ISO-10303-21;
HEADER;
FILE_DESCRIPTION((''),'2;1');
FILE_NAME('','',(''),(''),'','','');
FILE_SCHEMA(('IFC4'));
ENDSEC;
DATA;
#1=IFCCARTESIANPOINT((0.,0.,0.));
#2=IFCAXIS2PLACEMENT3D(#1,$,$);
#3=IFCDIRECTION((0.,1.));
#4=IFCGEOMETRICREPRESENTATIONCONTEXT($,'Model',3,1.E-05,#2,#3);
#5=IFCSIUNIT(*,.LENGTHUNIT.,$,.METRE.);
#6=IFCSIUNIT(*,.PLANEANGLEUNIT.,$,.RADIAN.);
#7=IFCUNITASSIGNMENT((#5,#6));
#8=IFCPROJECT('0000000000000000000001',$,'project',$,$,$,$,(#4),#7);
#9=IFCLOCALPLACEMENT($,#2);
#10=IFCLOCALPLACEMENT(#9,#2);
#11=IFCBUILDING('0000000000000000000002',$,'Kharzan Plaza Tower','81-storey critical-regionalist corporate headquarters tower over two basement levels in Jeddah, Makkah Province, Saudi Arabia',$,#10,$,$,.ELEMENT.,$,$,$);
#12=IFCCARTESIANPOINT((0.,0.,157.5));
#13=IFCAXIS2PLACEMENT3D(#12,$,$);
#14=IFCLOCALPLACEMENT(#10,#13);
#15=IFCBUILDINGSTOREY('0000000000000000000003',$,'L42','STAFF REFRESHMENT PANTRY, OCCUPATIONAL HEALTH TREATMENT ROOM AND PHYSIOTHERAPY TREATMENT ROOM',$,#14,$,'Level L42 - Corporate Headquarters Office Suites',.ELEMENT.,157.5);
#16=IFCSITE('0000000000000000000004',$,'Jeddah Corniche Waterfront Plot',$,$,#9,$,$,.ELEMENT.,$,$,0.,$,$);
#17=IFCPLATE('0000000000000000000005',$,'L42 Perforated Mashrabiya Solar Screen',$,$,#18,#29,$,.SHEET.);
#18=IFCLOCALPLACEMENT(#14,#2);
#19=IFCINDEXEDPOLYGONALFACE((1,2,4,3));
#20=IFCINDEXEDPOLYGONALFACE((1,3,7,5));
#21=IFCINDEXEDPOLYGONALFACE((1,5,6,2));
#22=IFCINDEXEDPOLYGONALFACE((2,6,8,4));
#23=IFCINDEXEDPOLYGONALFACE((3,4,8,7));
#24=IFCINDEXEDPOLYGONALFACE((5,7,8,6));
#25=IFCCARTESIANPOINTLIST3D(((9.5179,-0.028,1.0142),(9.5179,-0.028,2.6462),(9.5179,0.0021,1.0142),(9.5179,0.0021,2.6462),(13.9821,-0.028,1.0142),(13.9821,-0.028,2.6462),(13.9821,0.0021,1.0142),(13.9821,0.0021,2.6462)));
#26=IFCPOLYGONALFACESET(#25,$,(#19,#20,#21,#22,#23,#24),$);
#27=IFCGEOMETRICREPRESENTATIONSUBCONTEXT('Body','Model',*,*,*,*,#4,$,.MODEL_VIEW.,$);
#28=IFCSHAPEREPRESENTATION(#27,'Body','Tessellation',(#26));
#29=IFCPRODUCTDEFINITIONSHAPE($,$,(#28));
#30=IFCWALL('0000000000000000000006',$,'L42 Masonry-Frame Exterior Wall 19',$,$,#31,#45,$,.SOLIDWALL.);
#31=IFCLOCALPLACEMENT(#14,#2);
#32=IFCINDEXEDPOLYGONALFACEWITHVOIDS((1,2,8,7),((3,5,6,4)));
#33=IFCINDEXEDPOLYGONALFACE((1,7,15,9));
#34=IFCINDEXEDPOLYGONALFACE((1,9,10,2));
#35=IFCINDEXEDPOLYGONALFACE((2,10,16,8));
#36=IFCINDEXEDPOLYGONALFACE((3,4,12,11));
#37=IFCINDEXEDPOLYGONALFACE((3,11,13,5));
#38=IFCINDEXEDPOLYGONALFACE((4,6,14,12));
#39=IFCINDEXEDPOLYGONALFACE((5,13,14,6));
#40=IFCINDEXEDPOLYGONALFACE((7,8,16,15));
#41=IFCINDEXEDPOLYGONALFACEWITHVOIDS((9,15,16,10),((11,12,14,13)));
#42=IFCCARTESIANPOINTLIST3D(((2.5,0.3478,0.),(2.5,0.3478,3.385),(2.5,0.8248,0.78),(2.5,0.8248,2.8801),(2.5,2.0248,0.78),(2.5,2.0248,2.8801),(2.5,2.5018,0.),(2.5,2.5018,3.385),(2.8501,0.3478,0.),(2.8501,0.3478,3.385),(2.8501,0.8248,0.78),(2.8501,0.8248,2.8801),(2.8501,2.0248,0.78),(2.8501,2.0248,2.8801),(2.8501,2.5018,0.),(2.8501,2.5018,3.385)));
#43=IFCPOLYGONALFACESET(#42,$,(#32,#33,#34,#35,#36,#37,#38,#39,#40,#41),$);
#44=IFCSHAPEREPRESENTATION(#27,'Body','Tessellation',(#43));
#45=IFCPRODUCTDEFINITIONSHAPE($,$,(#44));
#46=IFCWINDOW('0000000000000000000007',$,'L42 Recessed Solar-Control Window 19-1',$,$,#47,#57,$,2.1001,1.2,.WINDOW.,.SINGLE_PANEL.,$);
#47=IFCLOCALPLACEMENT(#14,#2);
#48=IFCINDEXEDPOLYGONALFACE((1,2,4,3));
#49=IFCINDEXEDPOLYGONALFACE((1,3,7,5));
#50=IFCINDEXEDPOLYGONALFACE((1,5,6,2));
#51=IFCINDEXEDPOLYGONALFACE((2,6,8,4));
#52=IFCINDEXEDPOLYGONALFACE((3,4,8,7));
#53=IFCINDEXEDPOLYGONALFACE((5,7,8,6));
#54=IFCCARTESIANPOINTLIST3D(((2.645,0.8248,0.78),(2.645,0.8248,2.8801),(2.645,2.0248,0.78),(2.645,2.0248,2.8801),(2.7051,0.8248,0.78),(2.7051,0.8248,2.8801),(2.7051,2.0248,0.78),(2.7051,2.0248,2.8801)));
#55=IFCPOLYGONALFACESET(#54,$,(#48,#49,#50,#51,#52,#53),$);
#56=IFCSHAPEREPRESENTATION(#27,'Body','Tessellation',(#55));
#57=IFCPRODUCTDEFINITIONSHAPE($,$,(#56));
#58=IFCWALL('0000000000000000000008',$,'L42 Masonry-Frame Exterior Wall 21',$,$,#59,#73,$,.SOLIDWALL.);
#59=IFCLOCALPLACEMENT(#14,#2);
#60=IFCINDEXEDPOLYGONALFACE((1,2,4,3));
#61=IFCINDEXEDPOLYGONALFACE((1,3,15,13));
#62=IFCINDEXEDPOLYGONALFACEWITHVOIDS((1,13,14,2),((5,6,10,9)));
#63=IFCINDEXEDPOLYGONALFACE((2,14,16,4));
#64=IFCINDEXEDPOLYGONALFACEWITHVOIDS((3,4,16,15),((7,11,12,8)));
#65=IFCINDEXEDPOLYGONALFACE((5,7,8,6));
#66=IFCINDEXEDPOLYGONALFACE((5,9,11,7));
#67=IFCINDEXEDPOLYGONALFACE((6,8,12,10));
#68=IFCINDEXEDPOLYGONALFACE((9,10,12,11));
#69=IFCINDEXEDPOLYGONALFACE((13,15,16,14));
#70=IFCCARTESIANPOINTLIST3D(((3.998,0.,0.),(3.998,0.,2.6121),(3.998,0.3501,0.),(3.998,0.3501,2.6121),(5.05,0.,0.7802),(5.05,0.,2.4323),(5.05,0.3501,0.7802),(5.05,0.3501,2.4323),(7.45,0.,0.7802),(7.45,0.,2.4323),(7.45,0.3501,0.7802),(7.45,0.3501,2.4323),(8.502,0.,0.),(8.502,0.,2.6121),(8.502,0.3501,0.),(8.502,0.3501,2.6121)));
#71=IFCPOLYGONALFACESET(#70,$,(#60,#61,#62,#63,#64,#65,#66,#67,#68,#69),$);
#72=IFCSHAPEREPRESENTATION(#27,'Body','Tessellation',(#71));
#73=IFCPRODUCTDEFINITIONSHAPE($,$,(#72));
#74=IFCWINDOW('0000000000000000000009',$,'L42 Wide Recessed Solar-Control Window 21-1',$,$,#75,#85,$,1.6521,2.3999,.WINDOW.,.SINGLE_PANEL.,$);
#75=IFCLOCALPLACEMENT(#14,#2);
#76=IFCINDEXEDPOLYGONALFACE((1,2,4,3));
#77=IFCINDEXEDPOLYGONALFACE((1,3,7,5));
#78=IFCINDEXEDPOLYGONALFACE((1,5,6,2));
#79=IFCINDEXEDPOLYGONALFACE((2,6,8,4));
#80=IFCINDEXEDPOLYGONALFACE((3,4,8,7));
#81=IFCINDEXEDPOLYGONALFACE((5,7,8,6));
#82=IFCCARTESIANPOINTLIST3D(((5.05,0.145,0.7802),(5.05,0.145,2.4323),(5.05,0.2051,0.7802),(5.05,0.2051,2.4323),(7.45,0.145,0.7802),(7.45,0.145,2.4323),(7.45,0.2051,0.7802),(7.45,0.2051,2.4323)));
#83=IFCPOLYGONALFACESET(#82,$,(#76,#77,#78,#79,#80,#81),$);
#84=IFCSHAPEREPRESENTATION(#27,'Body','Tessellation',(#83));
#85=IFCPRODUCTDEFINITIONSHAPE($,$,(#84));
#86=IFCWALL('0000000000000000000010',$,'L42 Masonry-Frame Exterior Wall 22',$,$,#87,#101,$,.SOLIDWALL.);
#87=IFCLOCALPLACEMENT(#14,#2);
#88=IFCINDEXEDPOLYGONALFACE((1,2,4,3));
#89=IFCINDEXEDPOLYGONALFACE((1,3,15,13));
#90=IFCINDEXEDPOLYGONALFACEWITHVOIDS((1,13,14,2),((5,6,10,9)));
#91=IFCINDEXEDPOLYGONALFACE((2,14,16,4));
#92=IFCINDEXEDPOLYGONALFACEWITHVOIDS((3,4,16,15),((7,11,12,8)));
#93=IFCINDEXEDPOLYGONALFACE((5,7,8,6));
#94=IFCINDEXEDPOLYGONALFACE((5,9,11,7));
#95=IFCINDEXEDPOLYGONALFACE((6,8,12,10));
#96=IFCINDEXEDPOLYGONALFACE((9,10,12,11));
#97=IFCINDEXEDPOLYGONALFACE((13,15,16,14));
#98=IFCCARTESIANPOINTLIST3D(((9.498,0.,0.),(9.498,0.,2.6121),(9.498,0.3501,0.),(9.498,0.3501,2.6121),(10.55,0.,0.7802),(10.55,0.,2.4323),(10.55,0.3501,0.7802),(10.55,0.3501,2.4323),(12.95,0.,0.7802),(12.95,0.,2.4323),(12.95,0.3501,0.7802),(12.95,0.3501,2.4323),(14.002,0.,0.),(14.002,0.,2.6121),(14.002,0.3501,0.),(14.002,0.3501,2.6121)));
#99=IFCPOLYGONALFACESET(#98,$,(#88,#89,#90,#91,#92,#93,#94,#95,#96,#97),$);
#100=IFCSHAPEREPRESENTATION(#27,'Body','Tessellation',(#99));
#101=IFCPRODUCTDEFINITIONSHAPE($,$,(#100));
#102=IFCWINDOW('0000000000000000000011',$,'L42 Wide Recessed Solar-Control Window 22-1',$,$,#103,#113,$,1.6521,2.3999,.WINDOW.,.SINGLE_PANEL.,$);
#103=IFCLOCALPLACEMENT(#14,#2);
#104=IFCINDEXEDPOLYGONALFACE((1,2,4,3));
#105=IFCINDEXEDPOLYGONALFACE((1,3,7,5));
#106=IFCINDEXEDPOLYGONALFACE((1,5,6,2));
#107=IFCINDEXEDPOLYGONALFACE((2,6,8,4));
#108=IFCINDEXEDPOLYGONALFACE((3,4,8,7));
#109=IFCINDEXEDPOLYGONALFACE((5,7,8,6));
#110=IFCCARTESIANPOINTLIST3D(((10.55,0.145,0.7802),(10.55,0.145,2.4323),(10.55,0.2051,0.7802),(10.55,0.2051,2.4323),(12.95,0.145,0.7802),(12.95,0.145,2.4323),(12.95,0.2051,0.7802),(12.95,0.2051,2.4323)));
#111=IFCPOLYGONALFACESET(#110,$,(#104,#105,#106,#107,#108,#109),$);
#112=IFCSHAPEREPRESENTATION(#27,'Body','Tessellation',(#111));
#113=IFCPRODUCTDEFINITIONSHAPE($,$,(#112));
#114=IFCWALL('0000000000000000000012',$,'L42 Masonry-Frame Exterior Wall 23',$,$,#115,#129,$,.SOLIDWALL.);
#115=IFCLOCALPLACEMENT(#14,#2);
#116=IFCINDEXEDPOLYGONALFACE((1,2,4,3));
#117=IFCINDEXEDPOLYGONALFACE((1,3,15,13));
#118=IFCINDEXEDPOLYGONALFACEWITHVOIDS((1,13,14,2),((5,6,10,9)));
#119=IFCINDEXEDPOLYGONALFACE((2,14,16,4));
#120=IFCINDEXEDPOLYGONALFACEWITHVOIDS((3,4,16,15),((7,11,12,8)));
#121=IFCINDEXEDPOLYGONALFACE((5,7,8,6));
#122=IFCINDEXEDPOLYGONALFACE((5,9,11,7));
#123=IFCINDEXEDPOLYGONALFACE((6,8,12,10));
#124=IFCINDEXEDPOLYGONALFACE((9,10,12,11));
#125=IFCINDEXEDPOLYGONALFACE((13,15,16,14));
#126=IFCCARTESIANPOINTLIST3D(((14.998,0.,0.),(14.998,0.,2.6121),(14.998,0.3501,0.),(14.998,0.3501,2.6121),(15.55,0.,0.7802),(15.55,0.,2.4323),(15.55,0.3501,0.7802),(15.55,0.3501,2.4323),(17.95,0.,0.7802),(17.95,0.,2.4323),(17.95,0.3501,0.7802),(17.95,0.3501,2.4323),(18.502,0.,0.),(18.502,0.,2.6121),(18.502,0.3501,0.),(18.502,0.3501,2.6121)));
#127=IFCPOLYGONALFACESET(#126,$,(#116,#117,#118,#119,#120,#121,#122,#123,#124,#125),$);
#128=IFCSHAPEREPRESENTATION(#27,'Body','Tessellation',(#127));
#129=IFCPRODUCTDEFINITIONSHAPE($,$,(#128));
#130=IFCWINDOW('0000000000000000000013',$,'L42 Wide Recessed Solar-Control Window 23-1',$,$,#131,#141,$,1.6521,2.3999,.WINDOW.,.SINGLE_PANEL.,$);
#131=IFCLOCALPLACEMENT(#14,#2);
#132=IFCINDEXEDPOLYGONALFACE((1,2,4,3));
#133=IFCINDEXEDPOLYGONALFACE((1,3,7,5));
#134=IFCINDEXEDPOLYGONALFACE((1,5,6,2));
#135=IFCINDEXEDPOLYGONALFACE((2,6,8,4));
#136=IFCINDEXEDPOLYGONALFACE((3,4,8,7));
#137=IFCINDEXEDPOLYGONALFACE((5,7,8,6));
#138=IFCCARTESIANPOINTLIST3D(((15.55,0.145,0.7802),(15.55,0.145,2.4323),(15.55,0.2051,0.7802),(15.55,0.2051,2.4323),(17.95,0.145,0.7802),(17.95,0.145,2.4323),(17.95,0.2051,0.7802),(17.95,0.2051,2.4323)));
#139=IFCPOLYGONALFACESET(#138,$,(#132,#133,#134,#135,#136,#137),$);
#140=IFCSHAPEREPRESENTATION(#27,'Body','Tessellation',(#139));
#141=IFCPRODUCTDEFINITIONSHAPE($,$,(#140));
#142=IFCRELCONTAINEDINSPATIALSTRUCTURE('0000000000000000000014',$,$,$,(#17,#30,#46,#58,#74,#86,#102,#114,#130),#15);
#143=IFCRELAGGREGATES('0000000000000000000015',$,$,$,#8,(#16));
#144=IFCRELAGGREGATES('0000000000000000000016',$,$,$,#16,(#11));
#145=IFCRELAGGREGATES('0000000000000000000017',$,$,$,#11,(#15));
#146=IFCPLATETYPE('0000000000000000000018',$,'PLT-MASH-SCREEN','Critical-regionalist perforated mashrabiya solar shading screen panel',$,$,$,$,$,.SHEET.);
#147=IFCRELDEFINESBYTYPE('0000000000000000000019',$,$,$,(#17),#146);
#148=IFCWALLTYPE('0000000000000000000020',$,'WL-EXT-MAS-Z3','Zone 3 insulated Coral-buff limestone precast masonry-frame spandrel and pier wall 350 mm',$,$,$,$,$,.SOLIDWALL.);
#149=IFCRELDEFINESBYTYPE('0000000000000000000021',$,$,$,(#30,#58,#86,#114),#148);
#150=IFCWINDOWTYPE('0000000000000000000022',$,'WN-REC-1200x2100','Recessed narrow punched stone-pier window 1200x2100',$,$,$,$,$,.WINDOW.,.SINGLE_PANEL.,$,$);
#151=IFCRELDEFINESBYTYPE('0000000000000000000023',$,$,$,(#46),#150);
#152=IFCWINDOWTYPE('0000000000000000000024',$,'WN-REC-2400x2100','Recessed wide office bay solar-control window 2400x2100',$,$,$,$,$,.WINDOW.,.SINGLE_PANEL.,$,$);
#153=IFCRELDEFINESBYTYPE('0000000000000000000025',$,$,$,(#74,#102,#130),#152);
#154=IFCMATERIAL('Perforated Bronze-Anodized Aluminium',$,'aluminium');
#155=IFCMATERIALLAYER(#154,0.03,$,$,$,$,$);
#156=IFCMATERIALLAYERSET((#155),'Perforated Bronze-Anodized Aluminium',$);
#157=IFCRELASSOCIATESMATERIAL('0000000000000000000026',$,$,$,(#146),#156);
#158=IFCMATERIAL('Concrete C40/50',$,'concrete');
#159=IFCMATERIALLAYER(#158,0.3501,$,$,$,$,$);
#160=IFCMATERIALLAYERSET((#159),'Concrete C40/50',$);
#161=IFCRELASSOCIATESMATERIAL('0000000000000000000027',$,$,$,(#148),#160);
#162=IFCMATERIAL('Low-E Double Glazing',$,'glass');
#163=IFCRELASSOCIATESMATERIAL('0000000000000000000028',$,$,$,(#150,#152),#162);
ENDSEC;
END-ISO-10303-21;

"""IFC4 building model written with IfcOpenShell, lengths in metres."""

from ifc_helpers import new_model, si_unit, direction, frame, frame_2d, origin, origin_2d, place, context, subcontext, project, spatial, rectangle, extrude, source, transform, mapped, material, layer, layer_set, type_object, element, fill, save


model = new_model("IFC4")

# Units and contexts
model_context = context("Model", 3, precision=1e-05, world=origin(), true_north=direction((0.0, 1.0)))
body_context = subcontext(model_context, "Body", "Model", "MODEL_VIEW")
ifc_project = project(units=[si_unit("LENGTHUNIT", "METRE"), si_unit("PLANEANGLEUNIT", "RADIAN")], contexts=[model_context])

# Site, building, storey
site_placement = place(None, origin())
site = spatial("IfcSite", under=ifc_project, at=site_placement, Name="Jeddah Corniche Waterfront Plot", CompositionType="ELEMENT", RefElevation=0.0)
building_placement = place(site_placement, origin())
building = spatial("IfcBuilding", under=site, at=building_placement, Name="Kharzan Plaza Tower", Description="81-storey critical-regionalist corporate headquarters tower over two basement levels in Jeddah, Makkah Province, Saudi Arabia", CompositionType="ELEMENT")
storey_placement = place(building_placement, frame((0.0, 0.0, 157.5)))
storey = spatial("IfcBuildingStorey", under=building, at=storey_placement, Name="L42", Description="STAFF REFRESHMENT PANTRY, OCCUPATIONAL HEALTH TREATMENT ROOM AND PHYSIOTHERAPY TREATMENT ROOM", LongName="Level L42 - Corporate Headquarters Office Suites", CompositionType="ELEMENT", Elevation=157.5)

# Plate
ifc_material_1 = material(Name="Perforated Bronze-Anodized Aluminium", Category="aluminium")
ifc_layer_1 = layer(ifc_material_1, 0.03)
ifc_layer_set_1 = layer_set([ifc_layer_1], Name="Perforated Bronze-Anodized Aluminium")
plate_type = type_object("IfcPlateType", Name="PLT-MASH-SCREEN", Description="Critical-regionalist perforated mashrabiya solar shading screen panel", PredefinedType="SHEET", material=ifc_layer_set_1)
shared_shape_1 = source(origin(), body_context, "Body", "SweptSolid", [
    extrude(rectangle(XDim=4.4641, YDim=0.03, at=origin_2d()), origin(), (0.0, 0.0, 1.0), 1.6321),
])
for number, where, z_axis, x_axis, name in (
    (1, (11.75, -0.0129, 1.0142), (0.0, 0.0, 1.0), (1.0, 0.0, 0.0), "L42 Perforated Mashrabiya Solar Screen"),
):
    element("IfcPlate", number, at=place(storey_placement, frame(where, z_axis=z_axis, x_axis=x_axis)), inside=storey, type_object=plate_type, Name=name, PredefinedType="SHEET", context=body_context, shape_type="MappedRepresentation", body=[
        mapped(shared_shape_1, transform((0.0, 0.0, 0.0), x_axis=(1.0, 0.0, 0.0), y_axis=(0.0, 1.0, 0.0), z_axis=(0.0, 0.0, 1.0))),
    ])

# Walls, openings, windows
ifc_material_2 = material(Name="Concrete C40/50", Category="concrete")
ifc_layer_2 = layer(ifc_material_2, 0.3501)
ifc_layer_set_2 = layer_set([ifc_layer_2], Name="Concrete C40/50")
wall_type_1 = type_object("IfcWallType", Name="WL-EXT-MAS-Z3", Description="Zone 3 insulated Coral-buff limestone precast masonry-frame spandrel and pier wall 350 mm", PredefinedType="SOLIDWALL", material=ifc_layer_set_2)
wall_1_placement = place(storey_placement, frame((2.675, 2.502, 0.0), z_axis=(0.0, 0.0, 1.0), x_axis=(0.0, -1.0, 0.0)))
wall_1 = element("IfcWall", 2, at=wall_1_placement, inside=storey, type_object=wall_type_1, Name="L42 Masonry-Frame Exterior Wall 19", PredefinedType="SOLIDWALL", context=body_context, shape_type="SweptSolid", body=[
    extrude(rectangle(XDim=2.1541, YDim=0.3501, at=frame_2d((1.0771, 0.0))), origin(), (0.0, 0.0, 1.0), 3.385),
])
opening_1_placement = place(wall_1_placement, frame((0.4771, 0.0, 0.78)))
opening_1 = element("IfcOpeningElement", 3, at=opening_1_placement, cuts=wall_1, PredefinedType="OPENING", context=body_context, shape_type="SweptSolid", body=[
    extrude(rectangle(XDim=1.2, YDim=2.1001, at=frame_2d((0.6001, 1.05))), frame((0.0, 0.1851, 0.0), z_axis=(0.0, -1.0, 0.0), x_axis=(1.0, 0.0, 0.0)), (0.0, 0.0, 1.0), 0.3701),
])
ifc_material_3 = material(Name="Low-E Double Glazing", Category="glass")
window_type_1 = type_object("IfcWindowType", Name="WN-REC-1200x2100", Description="Recessed narrow punched stone-pier window 1200x2100", PartitioningType="SINGLE_PANEL", PredefinedType="WINDOW", material=ifc_material_3)
shared_shape_2 = source(origin(), body_context, "Body", "SweptSolid", [
    extrude(rectangle(XDim=1.2, YDim=2.1001, at=frame_2d((0.6001, 1.05))), frame((0.0, 0.03, 0.0), z_axis=(0.0, -1.0, 0.0), x_axis=(1.0, 0.0, 0.0)), (0.0, 0.0, 1.0), 0.0601),
])
window_1_placement = place(opening_1_placement, origin())
window_1 = element("IfcWindow", 4, at=window_1_placement, inside=storey, type_object=window_type_1, Name="L42 Recessed Solar-Control Window 19-1", OverallHeight=2.1001, OverallWidth=1.2, PartitioningType="SINGLE_PANEL", PredefinedType="WINDOW", context=body_context, shape_type="MappedRepresentation", body=[
    mapped(shared_shape_2, transform((0.0, 0.0, 0.0), x_axis=(1.0, 0.0, 0.0), y_axis=(0.0, 1.0, 0.0), z_axis=(0.0, 0.0, 1.0))),
])
fill(opening_1, window_1)
wall_2_placement = place(storey_placement, frame((3.998, 0.175, 0.0), z_axis=(0.0, 0.0, 1.0), x_axis=(1.0, 0.0, 0.0)))
wall_2 = element("IfcWall", 5, at=wall_2_placement, inside=storey, type_object=wall_type_1, Name="L42 Masonry-Frame Exterior Wall 21", PredefinedType="SOLIDWALL", context=body_context, shape_type="SweptSolid", body=[
    extrude(rectangle(XDim=4.5039, YDim=0.3501, at=frame_2d((2.252, 0.0))), origin(), (0.0, 0.0, 1.0), 2.6121),
])
opening_2_placement = place(wall_2_placement, frame((1.052, 0.0, 0.78)))
opening_2 = element("IfcOpeningElement", 6, at=opening_2_placement, cuts=wall_2, PredefinedType="OPENING", context=body_context, shape_type="SweptSolid", body=[
    extrude(rectangle(XDim=2.3999, YDim=1.6521, at=frame_2d((1.2, 0.8262))), frame((0.0, 0.1851, 0.0), z_axis=(0.0, -1.0, 0.0), x_axis=(1.0, 0.0, 0.0)), (0.0, 0.0, 1.0), 0.3701),
])
window_type_2 = type_object("IfcWindowType", Name="WN-REC-2400x2100", Description="Recessed wide office bay solar-control window 2400x2100", PartitioningType="SINGLE_PANEL", PredefinedType="WINDOW", material=ifc_material_3)
shared_shape_3 = source(origin(), body_context, "Body", "SweptSolid", [
    extrude(rectangle(XDim=2.3999, YDim=1.6521, at=frame_2d((1.2, 0.8262))), frame((0.0, 0.03, 0.0), z_axis=(0.0, -1.0, 0.0), x_axis=(1.0, 0.0, 0.0)), (0.0, 0.0, 1.0), 0.0601),
])
window_2_placement = place(opening_2_placement, origin())
window_2 = element("IfcWindow", 7, at=window_2_placement, inside=storey, type_object=window_type_2, Name="L42 Wide Recessed Solar-Control Window 21-1", OverallHeight=1.6521, OverallWidth=2.3999, PartitioningType="SINGLE_PANEL", PredefinedType="WINDOW", context=body_context, shape_type="MappedRepresentation", body=[
    mapped(shared_shape_3, transform((0.0, 0.0, 0.0), x_axis=(1.0, 0.0, 0.0), y_axis=(0.0, 1.0, 0.0), z_axis=(0.0, 0.0, 1.0))),
])
fill(opening_2, window_2)
wall_3_placement = place(storey_placement, frame((9.498, 0.175, 0.0), z_axis=(0.0, 0.0, 1.0), x_axis=(1.0, 0.0, 0.0)))
wall_3 = element("IfcWall", 8, at=wall_3_placement, inside=storey, type_object=wall_type_1, Name="L42 Masonry-Frame Exterior Wall 22", PredefinedType="SOLIDWALL", context=body_context, shape_type="SweptSolid", body=[
    extrude(rectangle(XDim=4.5039, YDim=0.3501, at=frame_2d((2.252, 0.0))), origin(), (0.0, 0.0, 1.0), 2.6121),
])
opening_3_placement = place(wall_3_placement, frame((1.052, 0.0, 0.78)))
opening_3 = element("IfcOpeningElement", 9, at=opening_3_placement, cuts=wall_3, PredefinedType="OPENING", context=body_context, shape_type="SweptSolid", body=[
    extrude(rectangle(XDim=2.3999, YDim=1.6521, at=frame_2d((1.2, 0.8262))), frame((0.0, 0.1851, 0.0), z_axis=(0.0, -1.0, 0.0), x_axis=(1.0, 0.0, 0.0)), (0.0, 0.0, 1.0), 0.3701),
])
window_3_placement = place(opening_3_placement, origin())
window_3 = element("IfcWindow", 10, at=window_3_placement, inside=storey, type_object=window_type_2, Name="L42 Wide Recessed Solar-Control Window 22-1", OverallHeight=1.6521, OverallWidth=2.3999, PartitioningType="SINGLE_PANEL", PredefinedType="WINDOW", context=body_context, shape_type="MappedRepresentation", body=[
    mapped(shared_shape_3, transform((0.0, 0.0, 0.0), x_axis=(1.0, 0.0, 0.0), y_axis=(0.0, 1.0, 0.0), z_axis=(0.0, 0.0, 1.0))),
])
fill(opening_3, window_3)
wall_4_placement = place(storey_placement, frame((14.998, 0.175, 0.0), z_axis=(0.0, 0.0, 1.0), x_axis=(1.0, 0.0, 0.0)))
wall_4 = element("IfcWall", 11, at=wall_4_placement, inside=storey, type_object=wall_type_1, Name="L42 Masonry-Frame Exterior Wall 23", PredefinedType="SOLIDWALL", context=body_context, shape_type="SweptSolid", body=[
    extrude(rectangle(XDim=3.5039, YDim=0.3501, at=frame_2d((1.752, 0.0))), origin(), (0.0, 0.0, 1.0), 2.6121),
])
opening_4_placement = place(wall_4_placement, frame((0.552, 0.0, 0.78)))
opening_4 = element("IfcOpeningElement", 12, at=opening_4_placement, cuts=wall_4, PredefinedType="OPENING", context=body_context, shape_type="SweptSolid", body=[
    extrude(rectangle(XDim=2.3999, YDim=1.6521, at=frame_2d((1.2, 0.8262))), frame((0.0, 0.1851, 0.0), z_axis=(0.0, -1.0, 0.0), x_axis=(1.0, 0.0, 0.0)), (0.0, 0.0, 1.0), 0.3701),
])
window_4_placement = place(opening_4_placement, origin())
window_4 = element("IfcWindow", 13, at=window_4_placement, inside=storey, type_object=window_type_2, Name="L42 Wide Recessed Solar-Control Window 23-1", OverallHeight=1.6521, OverallWidth=2.3999, PartitioningType="SINGLE_PANEL", PredefinedType="WINDOW", context=body_context, shape_type="MappedRepresentation", body=[
    mapped(shared_shape_3, transform((0.0, 0.0, 0.0), x_axis=(1.0, 0.0, 0.0), y_axis=(0.0, 1.0, 0.0), z_axis=(0.0, 0.0, 1.0))),
])
fill(opening_4, window_4)

save(model, "model.ifc")
